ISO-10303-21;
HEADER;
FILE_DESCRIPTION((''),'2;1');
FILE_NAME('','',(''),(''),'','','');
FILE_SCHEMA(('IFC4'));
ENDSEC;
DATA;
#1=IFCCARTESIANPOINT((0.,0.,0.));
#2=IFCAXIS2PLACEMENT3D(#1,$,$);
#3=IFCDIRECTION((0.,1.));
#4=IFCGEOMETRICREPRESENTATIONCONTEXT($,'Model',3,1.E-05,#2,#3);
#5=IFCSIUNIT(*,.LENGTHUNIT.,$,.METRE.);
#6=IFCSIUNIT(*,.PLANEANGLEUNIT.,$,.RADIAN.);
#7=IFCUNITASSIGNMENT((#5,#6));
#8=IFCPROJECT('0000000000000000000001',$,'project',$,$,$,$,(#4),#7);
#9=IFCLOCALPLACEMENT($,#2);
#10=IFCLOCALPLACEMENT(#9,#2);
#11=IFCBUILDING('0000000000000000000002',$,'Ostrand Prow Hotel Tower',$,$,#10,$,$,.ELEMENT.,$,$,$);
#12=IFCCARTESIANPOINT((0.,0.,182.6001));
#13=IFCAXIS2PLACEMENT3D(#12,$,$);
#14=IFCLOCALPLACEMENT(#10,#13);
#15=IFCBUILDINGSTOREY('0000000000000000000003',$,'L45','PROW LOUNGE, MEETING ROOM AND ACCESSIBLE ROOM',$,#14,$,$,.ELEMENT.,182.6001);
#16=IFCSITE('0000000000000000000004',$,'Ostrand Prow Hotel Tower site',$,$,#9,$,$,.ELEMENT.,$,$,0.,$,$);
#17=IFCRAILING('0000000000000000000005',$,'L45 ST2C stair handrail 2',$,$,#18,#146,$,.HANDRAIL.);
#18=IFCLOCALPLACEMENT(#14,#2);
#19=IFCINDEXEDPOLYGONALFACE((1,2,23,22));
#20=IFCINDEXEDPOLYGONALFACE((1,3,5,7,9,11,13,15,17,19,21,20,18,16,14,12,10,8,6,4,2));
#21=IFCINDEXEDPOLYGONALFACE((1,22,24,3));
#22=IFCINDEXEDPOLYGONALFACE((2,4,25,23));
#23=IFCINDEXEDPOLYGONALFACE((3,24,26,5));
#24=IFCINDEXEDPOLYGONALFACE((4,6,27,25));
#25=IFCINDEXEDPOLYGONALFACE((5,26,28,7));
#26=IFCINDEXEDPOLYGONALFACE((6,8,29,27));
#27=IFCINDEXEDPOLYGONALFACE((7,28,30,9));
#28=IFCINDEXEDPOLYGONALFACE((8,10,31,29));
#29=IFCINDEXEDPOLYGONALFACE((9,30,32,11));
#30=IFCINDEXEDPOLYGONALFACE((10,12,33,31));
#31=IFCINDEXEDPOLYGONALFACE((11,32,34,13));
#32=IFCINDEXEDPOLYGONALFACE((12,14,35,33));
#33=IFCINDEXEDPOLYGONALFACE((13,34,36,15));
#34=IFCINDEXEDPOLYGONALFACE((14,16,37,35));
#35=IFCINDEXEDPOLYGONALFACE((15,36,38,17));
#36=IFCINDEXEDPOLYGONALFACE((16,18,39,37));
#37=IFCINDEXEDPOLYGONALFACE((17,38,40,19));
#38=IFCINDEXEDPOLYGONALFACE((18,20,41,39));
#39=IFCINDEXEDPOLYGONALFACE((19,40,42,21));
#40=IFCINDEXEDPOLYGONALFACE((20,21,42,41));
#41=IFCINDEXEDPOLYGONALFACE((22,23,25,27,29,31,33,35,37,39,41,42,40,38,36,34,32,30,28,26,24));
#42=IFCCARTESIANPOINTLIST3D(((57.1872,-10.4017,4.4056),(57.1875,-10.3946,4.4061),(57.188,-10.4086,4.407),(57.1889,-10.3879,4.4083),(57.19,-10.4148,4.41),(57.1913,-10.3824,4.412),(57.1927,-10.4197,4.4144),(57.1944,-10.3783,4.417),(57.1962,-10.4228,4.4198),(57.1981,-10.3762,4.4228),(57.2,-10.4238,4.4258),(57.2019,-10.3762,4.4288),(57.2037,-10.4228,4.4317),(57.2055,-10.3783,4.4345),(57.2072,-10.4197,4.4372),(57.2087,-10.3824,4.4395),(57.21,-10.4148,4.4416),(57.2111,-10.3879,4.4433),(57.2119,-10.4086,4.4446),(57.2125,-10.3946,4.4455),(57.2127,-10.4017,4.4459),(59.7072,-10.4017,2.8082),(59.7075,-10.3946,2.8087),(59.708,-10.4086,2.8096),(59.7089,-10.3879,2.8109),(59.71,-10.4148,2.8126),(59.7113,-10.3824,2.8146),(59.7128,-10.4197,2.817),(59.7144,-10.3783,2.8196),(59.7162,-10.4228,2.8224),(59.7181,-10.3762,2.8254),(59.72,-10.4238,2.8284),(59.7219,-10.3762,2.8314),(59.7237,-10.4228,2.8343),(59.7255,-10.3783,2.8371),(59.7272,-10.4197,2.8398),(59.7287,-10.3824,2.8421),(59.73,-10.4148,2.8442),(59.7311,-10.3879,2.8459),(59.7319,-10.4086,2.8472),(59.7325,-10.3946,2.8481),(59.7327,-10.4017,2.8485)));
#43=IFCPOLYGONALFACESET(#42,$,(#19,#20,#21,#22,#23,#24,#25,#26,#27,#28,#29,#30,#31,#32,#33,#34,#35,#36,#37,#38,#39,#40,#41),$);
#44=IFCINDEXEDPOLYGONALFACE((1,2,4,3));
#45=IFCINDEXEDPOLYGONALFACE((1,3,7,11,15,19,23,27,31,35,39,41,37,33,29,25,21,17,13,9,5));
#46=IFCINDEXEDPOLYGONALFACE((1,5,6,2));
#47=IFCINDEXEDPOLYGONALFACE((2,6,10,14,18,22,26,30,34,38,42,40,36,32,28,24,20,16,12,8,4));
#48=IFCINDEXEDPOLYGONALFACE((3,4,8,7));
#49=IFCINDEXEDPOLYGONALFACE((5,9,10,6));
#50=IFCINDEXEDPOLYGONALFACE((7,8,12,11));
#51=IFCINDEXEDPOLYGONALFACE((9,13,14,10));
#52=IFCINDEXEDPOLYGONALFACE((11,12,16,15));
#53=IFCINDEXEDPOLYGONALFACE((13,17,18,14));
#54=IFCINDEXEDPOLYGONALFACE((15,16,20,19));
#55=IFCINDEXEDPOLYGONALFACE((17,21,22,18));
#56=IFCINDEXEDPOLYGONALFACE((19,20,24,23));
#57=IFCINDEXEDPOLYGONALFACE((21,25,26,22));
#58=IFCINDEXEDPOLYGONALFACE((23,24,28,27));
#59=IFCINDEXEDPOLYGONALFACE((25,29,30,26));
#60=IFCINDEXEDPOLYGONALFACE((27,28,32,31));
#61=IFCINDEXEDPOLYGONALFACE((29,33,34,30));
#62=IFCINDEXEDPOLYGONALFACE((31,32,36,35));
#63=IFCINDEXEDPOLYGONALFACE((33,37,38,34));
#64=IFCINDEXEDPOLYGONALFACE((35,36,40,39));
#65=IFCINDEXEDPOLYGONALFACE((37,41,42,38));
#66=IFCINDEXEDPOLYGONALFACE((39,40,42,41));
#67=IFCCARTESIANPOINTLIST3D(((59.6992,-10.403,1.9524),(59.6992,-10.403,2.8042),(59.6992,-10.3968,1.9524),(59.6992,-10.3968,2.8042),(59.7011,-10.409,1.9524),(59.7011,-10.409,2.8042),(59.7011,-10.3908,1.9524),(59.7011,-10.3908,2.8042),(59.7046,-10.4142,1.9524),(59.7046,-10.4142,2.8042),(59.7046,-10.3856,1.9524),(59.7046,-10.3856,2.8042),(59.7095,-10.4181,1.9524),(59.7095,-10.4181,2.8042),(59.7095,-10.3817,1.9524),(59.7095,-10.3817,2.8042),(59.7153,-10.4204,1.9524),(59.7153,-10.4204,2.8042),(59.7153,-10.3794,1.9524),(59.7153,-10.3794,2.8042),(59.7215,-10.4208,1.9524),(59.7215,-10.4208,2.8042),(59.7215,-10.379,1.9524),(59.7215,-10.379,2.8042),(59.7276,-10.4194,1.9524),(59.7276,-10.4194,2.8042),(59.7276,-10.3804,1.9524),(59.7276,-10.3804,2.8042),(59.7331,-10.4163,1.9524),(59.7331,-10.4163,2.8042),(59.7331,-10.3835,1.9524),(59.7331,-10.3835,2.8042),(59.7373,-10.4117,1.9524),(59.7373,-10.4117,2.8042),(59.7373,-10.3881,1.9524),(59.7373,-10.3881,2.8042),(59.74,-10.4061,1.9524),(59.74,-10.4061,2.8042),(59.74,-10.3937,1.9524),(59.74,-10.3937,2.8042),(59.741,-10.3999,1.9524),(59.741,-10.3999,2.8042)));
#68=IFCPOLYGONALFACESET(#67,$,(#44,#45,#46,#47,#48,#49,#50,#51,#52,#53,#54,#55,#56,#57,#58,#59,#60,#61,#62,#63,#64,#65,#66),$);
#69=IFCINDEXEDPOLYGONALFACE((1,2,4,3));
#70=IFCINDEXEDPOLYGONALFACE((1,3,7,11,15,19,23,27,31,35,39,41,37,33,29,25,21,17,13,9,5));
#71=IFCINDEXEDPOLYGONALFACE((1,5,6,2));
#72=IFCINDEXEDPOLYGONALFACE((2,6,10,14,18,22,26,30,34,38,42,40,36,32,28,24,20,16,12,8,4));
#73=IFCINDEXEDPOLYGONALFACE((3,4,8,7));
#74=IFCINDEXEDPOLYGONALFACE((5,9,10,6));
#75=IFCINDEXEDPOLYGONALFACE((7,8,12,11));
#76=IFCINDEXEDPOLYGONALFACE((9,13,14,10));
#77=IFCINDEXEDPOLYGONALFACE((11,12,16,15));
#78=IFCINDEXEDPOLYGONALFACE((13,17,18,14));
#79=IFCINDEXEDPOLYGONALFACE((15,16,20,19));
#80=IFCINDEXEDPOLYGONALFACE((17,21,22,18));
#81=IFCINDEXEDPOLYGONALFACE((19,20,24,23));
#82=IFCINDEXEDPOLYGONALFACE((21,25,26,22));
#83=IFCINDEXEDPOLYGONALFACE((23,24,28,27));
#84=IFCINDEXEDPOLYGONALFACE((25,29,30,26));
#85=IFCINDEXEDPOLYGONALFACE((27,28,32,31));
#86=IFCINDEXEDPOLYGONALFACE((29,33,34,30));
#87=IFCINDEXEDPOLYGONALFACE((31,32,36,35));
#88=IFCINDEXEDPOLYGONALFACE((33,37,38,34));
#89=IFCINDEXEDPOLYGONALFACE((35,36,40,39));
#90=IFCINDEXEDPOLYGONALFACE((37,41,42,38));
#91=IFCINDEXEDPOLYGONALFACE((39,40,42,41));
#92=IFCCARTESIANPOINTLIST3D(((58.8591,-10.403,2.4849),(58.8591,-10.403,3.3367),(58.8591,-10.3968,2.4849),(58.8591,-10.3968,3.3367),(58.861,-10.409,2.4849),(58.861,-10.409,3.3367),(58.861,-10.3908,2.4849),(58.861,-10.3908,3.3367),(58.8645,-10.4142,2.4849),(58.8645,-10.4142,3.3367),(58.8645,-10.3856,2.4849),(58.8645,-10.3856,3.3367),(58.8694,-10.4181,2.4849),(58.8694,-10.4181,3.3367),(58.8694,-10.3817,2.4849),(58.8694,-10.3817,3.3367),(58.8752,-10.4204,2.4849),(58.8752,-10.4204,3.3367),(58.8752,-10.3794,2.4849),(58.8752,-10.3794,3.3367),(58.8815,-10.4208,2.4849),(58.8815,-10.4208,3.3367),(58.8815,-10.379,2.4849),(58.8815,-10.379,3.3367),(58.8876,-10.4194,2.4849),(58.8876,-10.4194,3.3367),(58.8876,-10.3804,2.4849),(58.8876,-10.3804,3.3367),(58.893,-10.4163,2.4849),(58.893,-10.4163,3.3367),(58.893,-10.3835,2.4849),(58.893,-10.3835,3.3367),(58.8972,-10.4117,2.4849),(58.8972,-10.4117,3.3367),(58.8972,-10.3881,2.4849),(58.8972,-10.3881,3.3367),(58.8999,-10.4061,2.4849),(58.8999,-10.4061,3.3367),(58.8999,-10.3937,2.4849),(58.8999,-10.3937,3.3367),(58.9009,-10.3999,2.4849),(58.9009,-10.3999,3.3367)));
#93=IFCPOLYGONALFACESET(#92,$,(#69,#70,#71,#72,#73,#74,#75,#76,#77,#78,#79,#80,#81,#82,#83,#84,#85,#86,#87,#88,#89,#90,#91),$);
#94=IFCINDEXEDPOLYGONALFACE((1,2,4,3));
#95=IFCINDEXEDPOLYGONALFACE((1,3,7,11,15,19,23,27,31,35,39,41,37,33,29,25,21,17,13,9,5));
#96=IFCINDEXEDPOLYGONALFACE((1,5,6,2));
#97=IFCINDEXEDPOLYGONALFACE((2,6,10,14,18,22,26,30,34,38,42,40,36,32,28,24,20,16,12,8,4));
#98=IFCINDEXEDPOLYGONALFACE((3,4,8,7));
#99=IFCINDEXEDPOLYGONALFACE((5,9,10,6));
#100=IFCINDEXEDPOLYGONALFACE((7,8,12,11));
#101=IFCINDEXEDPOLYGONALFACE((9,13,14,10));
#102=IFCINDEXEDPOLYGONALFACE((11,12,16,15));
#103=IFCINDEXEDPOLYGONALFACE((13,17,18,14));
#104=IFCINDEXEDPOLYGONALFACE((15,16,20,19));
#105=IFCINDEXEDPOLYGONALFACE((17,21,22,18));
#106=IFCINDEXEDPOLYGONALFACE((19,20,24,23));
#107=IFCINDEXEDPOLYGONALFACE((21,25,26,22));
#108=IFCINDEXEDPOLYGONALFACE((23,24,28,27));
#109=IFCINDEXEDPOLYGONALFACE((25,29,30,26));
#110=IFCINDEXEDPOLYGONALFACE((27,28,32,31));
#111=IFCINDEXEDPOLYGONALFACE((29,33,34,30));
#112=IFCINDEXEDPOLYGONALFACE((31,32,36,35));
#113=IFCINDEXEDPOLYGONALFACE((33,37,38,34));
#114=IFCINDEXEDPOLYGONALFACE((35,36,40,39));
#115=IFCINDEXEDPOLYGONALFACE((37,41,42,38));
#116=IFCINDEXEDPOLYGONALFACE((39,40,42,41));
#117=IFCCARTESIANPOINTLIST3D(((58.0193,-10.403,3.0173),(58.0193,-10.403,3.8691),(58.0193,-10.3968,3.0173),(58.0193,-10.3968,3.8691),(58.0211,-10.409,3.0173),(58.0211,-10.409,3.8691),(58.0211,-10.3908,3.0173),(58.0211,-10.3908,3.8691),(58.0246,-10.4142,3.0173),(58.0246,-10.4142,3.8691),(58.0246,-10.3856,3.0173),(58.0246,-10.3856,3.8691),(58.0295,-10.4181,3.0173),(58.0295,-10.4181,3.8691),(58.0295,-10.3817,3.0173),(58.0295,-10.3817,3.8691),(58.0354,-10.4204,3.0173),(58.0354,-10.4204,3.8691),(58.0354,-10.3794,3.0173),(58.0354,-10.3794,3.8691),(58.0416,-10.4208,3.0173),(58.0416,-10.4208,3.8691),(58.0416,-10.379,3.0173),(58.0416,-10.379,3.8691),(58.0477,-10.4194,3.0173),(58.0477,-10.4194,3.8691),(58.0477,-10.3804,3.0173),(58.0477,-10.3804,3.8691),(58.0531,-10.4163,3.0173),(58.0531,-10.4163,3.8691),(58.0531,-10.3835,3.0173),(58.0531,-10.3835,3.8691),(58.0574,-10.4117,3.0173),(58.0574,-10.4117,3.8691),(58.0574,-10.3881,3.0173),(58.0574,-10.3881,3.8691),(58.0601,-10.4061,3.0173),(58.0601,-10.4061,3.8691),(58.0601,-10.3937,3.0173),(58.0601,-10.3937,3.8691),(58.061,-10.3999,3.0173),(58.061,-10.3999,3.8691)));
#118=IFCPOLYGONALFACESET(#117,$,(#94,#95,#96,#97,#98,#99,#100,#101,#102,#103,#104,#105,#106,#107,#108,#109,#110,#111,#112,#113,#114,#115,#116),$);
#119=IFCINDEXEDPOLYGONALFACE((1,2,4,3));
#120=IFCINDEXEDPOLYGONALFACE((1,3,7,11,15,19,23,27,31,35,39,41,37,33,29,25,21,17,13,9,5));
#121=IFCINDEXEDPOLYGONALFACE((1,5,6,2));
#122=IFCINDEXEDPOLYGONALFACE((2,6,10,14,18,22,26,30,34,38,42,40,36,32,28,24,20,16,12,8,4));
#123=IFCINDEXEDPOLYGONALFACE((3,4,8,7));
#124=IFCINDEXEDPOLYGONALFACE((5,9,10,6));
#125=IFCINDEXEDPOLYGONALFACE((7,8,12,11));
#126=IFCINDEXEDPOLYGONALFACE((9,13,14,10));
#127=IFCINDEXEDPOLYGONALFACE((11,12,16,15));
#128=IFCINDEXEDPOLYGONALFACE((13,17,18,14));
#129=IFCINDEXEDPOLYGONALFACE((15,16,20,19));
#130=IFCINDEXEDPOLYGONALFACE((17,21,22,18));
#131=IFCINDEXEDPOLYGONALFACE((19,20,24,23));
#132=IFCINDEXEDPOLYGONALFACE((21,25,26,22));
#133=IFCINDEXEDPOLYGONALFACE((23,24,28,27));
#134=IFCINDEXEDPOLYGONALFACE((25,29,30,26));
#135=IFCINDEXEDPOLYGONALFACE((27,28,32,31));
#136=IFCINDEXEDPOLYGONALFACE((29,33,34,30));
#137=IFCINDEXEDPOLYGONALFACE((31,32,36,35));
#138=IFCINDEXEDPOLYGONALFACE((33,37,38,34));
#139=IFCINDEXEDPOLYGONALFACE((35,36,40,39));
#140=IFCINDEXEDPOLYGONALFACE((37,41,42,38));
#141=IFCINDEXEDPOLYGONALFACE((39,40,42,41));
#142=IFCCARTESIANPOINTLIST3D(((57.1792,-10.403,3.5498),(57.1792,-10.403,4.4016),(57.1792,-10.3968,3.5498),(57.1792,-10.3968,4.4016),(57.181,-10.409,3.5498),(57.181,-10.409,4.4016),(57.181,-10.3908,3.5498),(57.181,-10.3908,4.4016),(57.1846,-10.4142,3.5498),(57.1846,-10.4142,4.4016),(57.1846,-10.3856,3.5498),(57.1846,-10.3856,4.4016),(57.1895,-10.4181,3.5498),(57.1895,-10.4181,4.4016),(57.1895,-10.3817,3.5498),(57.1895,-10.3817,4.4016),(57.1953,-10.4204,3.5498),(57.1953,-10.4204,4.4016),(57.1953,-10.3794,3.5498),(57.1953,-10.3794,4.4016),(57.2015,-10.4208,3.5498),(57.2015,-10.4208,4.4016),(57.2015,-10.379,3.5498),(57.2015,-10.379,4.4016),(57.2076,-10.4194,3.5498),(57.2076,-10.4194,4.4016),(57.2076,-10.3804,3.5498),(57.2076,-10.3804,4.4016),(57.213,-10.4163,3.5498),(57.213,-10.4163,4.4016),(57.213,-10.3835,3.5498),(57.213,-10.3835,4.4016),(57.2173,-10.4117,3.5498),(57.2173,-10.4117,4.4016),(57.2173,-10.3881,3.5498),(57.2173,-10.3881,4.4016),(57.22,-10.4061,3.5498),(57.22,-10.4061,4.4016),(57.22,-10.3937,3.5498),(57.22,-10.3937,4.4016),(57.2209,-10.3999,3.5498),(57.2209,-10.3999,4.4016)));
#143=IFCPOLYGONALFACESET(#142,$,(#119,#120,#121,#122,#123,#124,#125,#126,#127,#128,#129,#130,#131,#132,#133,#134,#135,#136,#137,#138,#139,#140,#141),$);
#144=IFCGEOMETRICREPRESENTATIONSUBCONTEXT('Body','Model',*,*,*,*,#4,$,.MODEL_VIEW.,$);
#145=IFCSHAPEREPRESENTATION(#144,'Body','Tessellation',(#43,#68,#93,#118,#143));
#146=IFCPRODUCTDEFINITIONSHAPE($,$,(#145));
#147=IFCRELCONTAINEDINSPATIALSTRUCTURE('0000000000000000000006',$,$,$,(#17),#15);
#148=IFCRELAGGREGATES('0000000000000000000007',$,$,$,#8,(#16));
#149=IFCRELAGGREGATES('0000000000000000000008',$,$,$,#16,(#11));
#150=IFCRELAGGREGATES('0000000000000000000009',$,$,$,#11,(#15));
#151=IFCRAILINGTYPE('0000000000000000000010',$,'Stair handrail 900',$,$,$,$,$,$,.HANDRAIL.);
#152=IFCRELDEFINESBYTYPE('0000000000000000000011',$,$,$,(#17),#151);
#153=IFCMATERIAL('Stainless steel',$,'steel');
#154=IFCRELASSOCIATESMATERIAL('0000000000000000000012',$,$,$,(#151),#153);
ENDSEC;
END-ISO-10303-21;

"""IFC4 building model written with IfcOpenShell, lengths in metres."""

from ifc_helpers import new_model, si_unit, direction, frame, origin, origin_2d, place, context, subcontext, project, spatial, circle, extrude, material, type_object, element, save


model = new_model("IFC4")

# Units and contexts
model_context = context("Model", 3, precision=1e-05, world=origin(), true_north=direction((0.0, 1.0)))
body_context = subcontext(model_context, "Body", "Model", "MODEL_VIEW")
ifc_project = project(units=[si_unit("LENGTHUNIT", "METRE"), si_unit("PLANEANGLEUNIT", "RADIAN")], contexts=[model_context])

# Site, building, storey
site_placement = place(None, origin())
site = spatial("IfcSite", under=ifc_project, at=site_placement, Name="Ostrand Prow Hotel Tower site", CompositionType="ELEMENT", RefElevation=0.0)
building_placement = place(site_placement, origin())
building = spatial("IfcBuilding", under=site, at=building_placement, Name="Ostrand Prow Hotel Tower", CompositionType="ELEMENT")
storey_placement = place(building_placement, frame((0.0, 0.0, 182.6001)))
storey = spatial("IfcBuildingStorey", under=building, at=storey_placement, Name="L45", Description="PROW LOUNGE, MEETING ROOM AND ACCESSIBLE ROOM", CompositionType="ELEMENT", Elevation=182.6001)

# Railing
ifc_material_1 = material(Name="Stainless steel", Category="steel")
railing_type_1 = type_object("IfcRailingType", Name="Stair handrail 900", PredefinedType="HANDRAIL", material=ifc_material_1)
railing_1_placement = place(storey_placement, frame((59.72, -10.3999, 1.9524)))
element("IfcRailing", 1, at=railing_1_placement, inside=storey, type_object=railing_type_1, Name="L45 ST2C stair handrail 2", PredefinedType="HANDRAIL", context=body_context, shape_type="SweptSolid", body=[
    extrude(circle(Radius=0.0239, at=origin_2d()), frame((0.0, 0.0, 0.876), z_axis=(-0.844607, 0.0, 0.535387), x_axis=(0.0, -1.0, 0.0)), (0.0, 0.0, 1.0), 2.9836),
    extrude(circle(Radius=0.021, at=origin_2d()), origin(), (0.0, 0.0, 1.0), 0.8518),
    extrude(circle(Radius=0.021, at=origin_2d()), frame((-0.8401, 0.0, 0.5325)), (0.0, 0.0, 1.0), 0.8518),
    extrude(circle(Radius=0.021, at=origin_2d()), frame((-1.6799, 0.0, 1.0649)), (0.0, 0.0, 1.0), 0.8518),
    extrude(circle(Radius=0.021, at=origin_2d()), frame((-2.52, 0.0, 1.5974)), (0.0, 0.0, 1.0), 0.8518),
])

save(model, "model.ifc")
